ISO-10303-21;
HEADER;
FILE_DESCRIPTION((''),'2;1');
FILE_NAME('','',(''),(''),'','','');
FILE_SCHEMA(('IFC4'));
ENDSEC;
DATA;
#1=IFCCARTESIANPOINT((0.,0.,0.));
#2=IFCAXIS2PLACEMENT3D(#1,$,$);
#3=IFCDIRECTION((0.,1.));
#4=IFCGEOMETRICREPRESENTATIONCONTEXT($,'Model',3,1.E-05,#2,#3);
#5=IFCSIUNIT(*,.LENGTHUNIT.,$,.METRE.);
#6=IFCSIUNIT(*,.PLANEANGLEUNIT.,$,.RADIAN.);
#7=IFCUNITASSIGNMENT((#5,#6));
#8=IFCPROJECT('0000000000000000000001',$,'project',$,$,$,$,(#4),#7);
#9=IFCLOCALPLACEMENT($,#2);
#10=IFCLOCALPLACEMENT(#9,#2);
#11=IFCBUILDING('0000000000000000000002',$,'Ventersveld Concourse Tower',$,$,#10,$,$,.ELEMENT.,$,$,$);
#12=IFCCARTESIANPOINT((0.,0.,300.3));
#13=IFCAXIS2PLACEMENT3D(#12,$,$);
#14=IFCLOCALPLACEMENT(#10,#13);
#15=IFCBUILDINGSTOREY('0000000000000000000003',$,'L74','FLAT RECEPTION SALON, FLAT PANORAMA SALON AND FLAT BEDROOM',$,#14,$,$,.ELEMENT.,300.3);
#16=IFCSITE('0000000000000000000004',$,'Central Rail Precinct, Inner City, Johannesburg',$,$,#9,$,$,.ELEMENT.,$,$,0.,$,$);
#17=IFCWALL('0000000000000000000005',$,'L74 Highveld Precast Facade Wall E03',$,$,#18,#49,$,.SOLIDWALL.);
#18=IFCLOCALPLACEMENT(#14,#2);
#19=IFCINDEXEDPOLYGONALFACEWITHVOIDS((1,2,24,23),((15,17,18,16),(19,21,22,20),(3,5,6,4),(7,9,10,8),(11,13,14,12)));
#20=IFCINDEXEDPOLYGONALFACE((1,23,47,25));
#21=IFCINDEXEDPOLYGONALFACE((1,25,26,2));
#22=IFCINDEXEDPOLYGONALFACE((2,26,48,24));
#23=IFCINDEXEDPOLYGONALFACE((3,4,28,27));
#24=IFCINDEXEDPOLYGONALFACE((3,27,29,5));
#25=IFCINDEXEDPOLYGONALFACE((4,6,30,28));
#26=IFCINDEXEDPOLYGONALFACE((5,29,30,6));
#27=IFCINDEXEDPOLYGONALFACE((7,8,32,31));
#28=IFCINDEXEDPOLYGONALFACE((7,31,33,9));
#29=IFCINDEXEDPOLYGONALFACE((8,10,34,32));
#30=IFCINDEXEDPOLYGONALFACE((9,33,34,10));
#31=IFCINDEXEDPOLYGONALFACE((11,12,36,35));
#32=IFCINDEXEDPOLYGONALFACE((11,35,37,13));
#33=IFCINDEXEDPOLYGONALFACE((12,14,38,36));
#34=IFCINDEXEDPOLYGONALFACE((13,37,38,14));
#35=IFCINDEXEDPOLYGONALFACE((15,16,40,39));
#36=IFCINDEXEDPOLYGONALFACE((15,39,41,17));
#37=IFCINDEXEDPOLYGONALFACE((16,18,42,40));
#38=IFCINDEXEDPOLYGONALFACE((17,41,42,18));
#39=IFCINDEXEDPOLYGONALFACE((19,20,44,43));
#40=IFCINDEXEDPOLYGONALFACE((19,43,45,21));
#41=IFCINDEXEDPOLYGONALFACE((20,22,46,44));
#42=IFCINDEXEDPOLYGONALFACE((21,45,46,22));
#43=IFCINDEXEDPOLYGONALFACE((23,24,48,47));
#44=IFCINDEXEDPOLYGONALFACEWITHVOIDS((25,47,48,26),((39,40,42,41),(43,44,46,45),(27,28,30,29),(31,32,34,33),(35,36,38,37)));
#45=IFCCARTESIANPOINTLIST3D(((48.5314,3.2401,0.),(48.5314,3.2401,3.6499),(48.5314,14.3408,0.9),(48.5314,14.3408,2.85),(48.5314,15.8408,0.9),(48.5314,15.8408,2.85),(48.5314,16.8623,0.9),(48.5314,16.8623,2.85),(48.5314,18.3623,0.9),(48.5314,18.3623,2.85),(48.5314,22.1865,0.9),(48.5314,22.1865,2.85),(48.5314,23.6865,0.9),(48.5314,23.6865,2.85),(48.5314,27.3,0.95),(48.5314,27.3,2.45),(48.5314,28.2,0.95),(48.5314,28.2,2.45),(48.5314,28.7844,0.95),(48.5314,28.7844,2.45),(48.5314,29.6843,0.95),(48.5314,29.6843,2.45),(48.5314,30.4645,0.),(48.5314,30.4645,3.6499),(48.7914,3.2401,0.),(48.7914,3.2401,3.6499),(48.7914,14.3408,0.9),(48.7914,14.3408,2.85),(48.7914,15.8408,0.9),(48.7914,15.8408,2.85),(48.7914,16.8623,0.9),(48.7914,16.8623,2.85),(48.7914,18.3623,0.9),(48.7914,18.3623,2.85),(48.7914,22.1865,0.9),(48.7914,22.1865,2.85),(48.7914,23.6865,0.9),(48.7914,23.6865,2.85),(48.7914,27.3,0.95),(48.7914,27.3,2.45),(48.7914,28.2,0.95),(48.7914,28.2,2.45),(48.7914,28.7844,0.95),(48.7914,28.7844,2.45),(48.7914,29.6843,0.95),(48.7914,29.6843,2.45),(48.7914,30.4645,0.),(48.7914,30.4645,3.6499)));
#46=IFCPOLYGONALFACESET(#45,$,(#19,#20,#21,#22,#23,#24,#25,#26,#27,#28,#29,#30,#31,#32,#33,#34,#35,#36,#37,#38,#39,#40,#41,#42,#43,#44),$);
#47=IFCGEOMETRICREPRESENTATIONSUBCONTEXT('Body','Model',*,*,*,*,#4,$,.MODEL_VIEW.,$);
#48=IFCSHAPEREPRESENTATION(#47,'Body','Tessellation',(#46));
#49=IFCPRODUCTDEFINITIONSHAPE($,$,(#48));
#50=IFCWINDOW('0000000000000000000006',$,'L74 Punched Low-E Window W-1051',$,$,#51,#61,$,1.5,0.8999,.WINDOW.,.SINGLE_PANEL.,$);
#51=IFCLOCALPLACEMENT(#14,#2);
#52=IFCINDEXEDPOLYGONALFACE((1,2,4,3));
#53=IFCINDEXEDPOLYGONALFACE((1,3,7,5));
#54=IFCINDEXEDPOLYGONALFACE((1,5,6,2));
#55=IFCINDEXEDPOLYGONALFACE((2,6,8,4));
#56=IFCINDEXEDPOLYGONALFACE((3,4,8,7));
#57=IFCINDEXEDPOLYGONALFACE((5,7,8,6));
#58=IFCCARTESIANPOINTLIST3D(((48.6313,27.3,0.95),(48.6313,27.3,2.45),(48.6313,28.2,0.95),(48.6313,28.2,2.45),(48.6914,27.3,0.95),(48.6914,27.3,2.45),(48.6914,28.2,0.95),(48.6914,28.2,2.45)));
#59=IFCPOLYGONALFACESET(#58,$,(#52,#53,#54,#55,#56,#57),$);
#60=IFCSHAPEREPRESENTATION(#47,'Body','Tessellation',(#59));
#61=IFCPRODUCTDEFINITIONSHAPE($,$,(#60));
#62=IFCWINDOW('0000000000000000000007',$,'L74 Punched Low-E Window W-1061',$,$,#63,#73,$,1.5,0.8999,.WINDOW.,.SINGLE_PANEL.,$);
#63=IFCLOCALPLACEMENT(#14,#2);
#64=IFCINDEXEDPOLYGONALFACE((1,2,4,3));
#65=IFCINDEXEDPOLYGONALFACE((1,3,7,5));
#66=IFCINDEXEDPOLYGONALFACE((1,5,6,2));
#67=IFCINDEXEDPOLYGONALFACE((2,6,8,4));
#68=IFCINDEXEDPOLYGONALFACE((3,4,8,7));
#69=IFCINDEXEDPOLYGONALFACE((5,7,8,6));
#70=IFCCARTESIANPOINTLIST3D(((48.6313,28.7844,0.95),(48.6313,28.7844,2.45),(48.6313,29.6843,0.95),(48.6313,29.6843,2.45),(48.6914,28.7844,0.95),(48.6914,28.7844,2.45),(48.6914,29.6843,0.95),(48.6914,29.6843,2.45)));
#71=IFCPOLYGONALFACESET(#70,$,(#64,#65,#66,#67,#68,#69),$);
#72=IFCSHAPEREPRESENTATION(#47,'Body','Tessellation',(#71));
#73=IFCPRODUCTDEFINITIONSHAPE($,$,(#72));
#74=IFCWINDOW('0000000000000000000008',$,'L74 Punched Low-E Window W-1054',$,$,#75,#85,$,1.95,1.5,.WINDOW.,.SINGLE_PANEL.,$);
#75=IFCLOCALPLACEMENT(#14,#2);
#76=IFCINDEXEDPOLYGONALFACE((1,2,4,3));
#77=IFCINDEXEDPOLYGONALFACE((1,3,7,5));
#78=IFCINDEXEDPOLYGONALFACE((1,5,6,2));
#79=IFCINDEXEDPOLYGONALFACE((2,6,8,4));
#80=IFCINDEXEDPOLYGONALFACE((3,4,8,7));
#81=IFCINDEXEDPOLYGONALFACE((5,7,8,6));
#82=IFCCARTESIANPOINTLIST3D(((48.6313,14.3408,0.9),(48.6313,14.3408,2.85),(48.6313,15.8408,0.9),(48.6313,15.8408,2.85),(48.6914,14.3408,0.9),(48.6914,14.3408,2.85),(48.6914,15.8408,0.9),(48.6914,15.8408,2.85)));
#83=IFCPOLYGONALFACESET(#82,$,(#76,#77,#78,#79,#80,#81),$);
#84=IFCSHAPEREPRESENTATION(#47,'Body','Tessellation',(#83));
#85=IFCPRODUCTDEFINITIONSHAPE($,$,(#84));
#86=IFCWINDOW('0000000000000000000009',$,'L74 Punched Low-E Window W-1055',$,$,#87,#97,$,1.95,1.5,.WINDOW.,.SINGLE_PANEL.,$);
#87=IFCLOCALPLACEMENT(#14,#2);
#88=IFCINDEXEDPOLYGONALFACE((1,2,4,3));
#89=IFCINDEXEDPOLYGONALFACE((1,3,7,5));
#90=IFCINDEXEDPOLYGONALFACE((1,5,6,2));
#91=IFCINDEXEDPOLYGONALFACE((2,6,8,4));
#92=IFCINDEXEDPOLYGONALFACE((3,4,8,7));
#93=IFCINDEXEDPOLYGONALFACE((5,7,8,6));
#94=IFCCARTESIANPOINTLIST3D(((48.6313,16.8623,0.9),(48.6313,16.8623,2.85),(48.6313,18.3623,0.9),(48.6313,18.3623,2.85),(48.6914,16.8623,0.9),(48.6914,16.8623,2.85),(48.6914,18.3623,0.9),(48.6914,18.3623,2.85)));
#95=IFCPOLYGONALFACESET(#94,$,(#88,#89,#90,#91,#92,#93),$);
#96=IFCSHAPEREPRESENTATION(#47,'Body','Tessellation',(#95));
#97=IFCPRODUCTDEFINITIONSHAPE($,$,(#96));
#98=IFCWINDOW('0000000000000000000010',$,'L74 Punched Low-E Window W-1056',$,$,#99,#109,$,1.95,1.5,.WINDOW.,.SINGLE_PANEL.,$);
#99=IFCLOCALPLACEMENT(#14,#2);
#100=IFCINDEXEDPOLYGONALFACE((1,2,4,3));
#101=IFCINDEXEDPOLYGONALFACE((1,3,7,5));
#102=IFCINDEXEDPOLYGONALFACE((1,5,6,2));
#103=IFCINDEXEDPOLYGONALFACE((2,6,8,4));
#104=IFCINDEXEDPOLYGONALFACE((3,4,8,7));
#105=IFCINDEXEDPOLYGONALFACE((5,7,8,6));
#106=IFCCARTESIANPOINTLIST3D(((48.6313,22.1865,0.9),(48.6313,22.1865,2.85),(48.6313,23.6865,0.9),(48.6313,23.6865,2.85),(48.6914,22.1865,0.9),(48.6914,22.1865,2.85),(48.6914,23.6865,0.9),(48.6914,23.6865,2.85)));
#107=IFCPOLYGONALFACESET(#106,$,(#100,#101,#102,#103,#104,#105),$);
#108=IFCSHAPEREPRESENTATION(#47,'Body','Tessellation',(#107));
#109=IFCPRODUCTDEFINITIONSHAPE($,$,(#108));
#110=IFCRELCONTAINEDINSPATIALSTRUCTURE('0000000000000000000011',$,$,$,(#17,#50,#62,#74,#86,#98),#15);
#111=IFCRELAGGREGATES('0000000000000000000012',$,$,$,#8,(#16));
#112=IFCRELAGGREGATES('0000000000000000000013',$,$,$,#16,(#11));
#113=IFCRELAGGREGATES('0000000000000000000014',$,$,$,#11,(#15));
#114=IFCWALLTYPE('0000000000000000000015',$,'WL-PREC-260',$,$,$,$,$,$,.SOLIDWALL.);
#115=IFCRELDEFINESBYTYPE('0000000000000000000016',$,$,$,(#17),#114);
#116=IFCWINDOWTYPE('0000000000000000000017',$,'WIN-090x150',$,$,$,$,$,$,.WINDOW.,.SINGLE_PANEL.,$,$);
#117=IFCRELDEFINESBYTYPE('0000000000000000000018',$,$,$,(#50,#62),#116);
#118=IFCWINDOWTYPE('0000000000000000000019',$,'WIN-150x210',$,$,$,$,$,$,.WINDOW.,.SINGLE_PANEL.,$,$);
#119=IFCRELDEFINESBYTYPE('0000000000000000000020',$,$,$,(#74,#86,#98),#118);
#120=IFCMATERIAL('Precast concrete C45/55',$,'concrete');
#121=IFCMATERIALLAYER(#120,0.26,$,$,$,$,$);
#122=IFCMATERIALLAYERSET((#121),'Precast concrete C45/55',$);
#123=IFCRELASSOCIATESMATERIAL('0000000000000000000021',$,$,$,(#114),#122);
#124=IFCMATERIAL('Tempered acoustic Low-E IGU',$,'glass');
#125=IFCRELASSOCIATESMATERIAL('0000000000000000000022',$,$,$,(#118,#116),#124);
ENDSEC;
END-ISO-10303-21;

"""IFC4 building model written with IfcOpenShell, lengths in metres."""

from ifc_helpers import new_model, si_unit, direction, frame, frame_2d, origin, place, context, subcontext, project, spatial, rectangle, extrude, material, layer, layer_set, type_object, element, fill, save


model = new_model("IFC4")

# Units and contexts
model_context = context("Model", 3, precision=1e-05, world=origin(), true_north=direction((0.0, 1.0)))
body_context = subcontext(model_context, "Body", "Model", "MODEL_VIEW")
ifc_project = project(units=[si_unit("LENGTHUNIT", "METRE"), si_unit("PLANEANGLEUNIT", "RADIAN")], contexts=[model_context])

# Site, building, storey
site_placement = place(None, origin())
site = spatial("IfcSite", under=ifc_project, at=site_placement, Name="Central Rail Precinct, Inner City, Johannesburg", CompositionType="ELEMENT", RefElevation=0.0)
building_placement = place(site_placement, origin())
building = spatial("IfcBuilding", under=site, at=building_placement, Name="Ventersveld Concourse Tower", CompositionType="ELEMENT")
storey_placement = place(building_placement, frame((0.0, 0.0, 300.3)))
storey = spatial("IfcBuildingStorey", under=building, at=storey_placement, Name="L74", Description="FLAT RECEPTION SALON, FLAT PANORAMA SALON AND FLAT BEDROOM", CompositionType="ELEMENT", Elevation=300.3)

# Shared definitions
ifc_material_1 = material(Name="Precast concrete C45/55", Category="concrete")
ifc_layer_1 = layer(ifc_material_1, 0.26)
ifc_layer_set_1 = layer_set([ifc_layer_1], Name="Precast concrete C45/55")
wall_type_1 = type_object("IfcWallType", Name="WL-PREC-260", PredefinedType="SOLIDWALL", material=ifc_layer_set_1)

# Shared definitions
ifc_material_2 = material(Name="Tempered acoustic Low-E IGU", Category="glass")
window_type_1 = type_object("IfcWindowType", Name="WIN-150x210", PartitioningType="SINGLE_PANEL", PredefinedType="WINDOW", material=ifc_material_2)

# Wall, openings, windows
wall_1_placement = place(storey_placement, frame((48.6614, 3.24, 0.0), z_axis=(0.0, 0.0, 1.0), x_axis=(0.0, 1.0, 0.0)))
wall_1 = element("IfcWall", 1, at=wall_1_placement, inside=storey, type_object=wall_type_1, Name="L74 Highveld Precast Facade Wall E03", PredefinedType="SOLIDWALL", context=body_context, shape_type="SweptSolid", body=[
    extrude(rectangle(XDim=27.2244, YDim=0.26, at=frame_2d((13.6123, 0.0))), origin(), (0.0, 0.0, 1.0), 3.6499),
])
opening_1_placement = place(wall_1_placement, frame((24.0601, 0.0, 0.95)))
opening_1 = element("IfcOpeningElement", 2, at=opening_1_placement, cuts=wall_1, PredefinedType="OPENING", context=body_context, shape_type="SweptSolid", body=[
    extrude(rectangle(XDim=0.8999, YDim=1.5, at=frame_2d((0.45, 0.75))), frame((0.0, 0.1401, 0.0), z_axis=(0.0, -1.0, 0.0), x_axis=(1.0, 0.0, 0.0)), (0.0, 0.0, 1.0), 0.28),
])
opening_2_placement = place(wall_1_placement, frame((11.1008, 0.0, 0.8999)))
opening_2 = element("IfcOpeningElement", 3, at=opening_2_placement, cuts=wall_1, PredefinedType="OPENING", context=body_context, shape_type="SweptSolid", body=[
    extrude(rectangle(XDim=1.5, YDim=1.95, at=frame_2d((0.75, 0.9751))), frame((0.0, 0.1401, 0.0), z_axis=(0.0, -1.0, 0.0), x_axis=(1.0, 0.0, 0.0)), (0.0, 0.0, 1.0), 0.28),
])
opening_3_placement = place(wall_1_placement, frame((13.6223, 0.0, 0.8999)))
opening_3 = element("IfcOpeningElement", 4, at=opening_3_placement, cuts=wall_1, PredefinedType="OPENING", context=body_context, shape_type="SweptSolid", body=[
    extrude(rectangle(XDim=1.5, YDim=1.95, at=frame_2d((0.75, 0.9751))), frame((0.0, 0.1401, 0.0), z_axis=(0.0, -1.0, 0.0), x_axis=(1.0, 0.0, 0.0)), (0.0, 0.0, 1.0), 0.28),
])
opening_4_placement = place(wall_1_placement, frame((18.9465, 0.0, 0.8999)))
opening_4 = element("IfcOpeningElement", 5, at=opening_4_placement, cuts=wall_1, PredefinedType="OPENING", context=body_context, shape_type="SweptSolid", body=[
    extrude(rectangle(XDim=1.5, YDim=1.95, at=frame_2d((0.75, 0.9751))), frame((0.0, 0.1401, 0.0), z_axis=(0.0, -1.0, 0.0), x_axis=(1.0, 0.0, 0.0)), (0.0, 0.0, 1.0), 0.28),
])
opening_5_placement = place(wall_1_placement, frame((25.5444, 0.0, 0.95)))
opening_5 = element("IfcOpeningElement", 6, at=opening_5_placement, cuts=wall_1, PredefinedType="OPENING", context=body_context, shape_type="SweptSolid", body=[
    extrude(rectangle(XDim=0.8999, YDim=1.5, at=frame_2d((0.45, 0.75))), frame((0.0, 0.1401, 0.0), z_axis=(0.0, -1.0, 0.0), x_axis=(1.0, 0.0, 0.0)), (0.0, 0.0, 1.0), 0.28),
])
window_type_2 = type_object("IfcWindowType", Name="WIN-090x150", PartitioningType="SINGLE_PANEL", PredefinedType="WINDOW", material=ifc_material_2)
window_1_placement = place(opening_1_placement, origin())
window_1 = element("IfcWindow", 7, at=window_1_placement, inside=storey, type_object=window_type_2, Name="L74 Punched Low-E Window W-1051", OverallHeight=1.5, OverallWidth=0.8999, PartitioningType="SINGLE_PANEL", PredefinedType="WINDOW", context=body_context, shape_type="SweptSolid", body=[
    extrude(rectangle(XDim=0.8999, YDim=1.5, at=frame_2d((0.45, 0.75))), frame((0.0, 0.03, 0.0), z_axis=(0.0, -1.0, 0.0), x_axis=(1.0, 0.0, 0.0)), (0.0, 0.0, 1.0), 0.0601),
])
fill(opening_1, window_1)
window_2_placement = place(opening_5_placement, origin())
window_2 = element("IfcWindow", 8, at=window_2_placement, inside=storey, type_object=window_type_2, Name="L74 Punched Low-E Window W-1061", OverallHeight=1.5, OverallWidth=0.8999, PartitioningType="SINGLE_PANEL", PredefinedType="WINDOW", context=body_context, shape_type="SweptSolid", body=[
    extrude(rectangle(XDim=0.8999, YDim=1.5, at=frame_2d((0.45, 0.75))), frame((0.0, 0.03, 0.0), z_axis=(0.0, -1.0, 0.0), x_axis=(1.0, 0.0, 0.0)), (0.0, 0.0, 1.0), 0.0601),
])
fill(opening_5, window_2)
window_3_placement = place(opening_2_placement, origin())
window_3 = element("IfcWindow", 9, at=window_3_placement, inside=storey, type_object=window_type_1, Name="L74 Punched Low-E Window W-1054", OverallHeight=1.95, OverallWidth=1.5, PartitioningType="SINGLE_PANEL", PredefinedType="WINDOW", context=body_context, shape_type="SweptSolid", body=[
    extrude(rectangle(XDim=1.5, YDim=1.95, at=frame_2d((0.75, 0.9751))), frame((0.0, 0.03, 0.0), z_axis=(0.0, -1.0, 0.0), x_axis=(1.0, 0.0, 0.0)), (0.0, 0.0, 1.0), 0.0601),
])
fill(opening_2, window_3)
window_4_placement = place(opening_3_placement, origin())
window_4 = element("IfcWindow", 10, at=window_4_placement, inside=storey, type_object=window_type_1, Name="L74 Punched Low-E Window W-1055", OverallHeight=1.95, OverallWidth=1.5, PartitioningType="SINGLE_PANEL", PredefinedType="WINDOW", context=body_context, shape_type="SweptSolid", body=[
    extrude(rectangle(XDim=1.5, YDim=1.95, at=frame_2d((0.75, 0.9751))), frame((0.0, 0.03, 0.0), z_axis=(0.0, -1.0, 0.0), x_axis=(1.0, 0.0, 0.0)), (0.0, 0.0, 1.0), 0.0601),
])
fill(opening_3, window_4)
window_5_placement = place(opening_4_placement, origin())
window_5 = element("IfcWindow", 11, at=window_5_placement, inside=storey, type_object=window_type_1, Name="L74 Punched Low-E Window W-1056", OverallHeight=1.95, OverallWidth=1.5, PartitioningType="SINGLE_PANEL", PredefinedType="WINDOW", context=body_context, shape_type="SweptSolid", body=[
    extrude(rectangle(XDim=1.5, YDim=1.95, at=frame_2d((0.75, 0.9751))), frame((0.0, 0.03, 0.0), z_axis=(0.0, -1.0, 0.0), x_axis=(1.0, 0.0, 0.0)), (0.0, 0.0, 1.0), 0.0601),
])
fill(opening_4, window_5)

save(model, "model.ifc")
